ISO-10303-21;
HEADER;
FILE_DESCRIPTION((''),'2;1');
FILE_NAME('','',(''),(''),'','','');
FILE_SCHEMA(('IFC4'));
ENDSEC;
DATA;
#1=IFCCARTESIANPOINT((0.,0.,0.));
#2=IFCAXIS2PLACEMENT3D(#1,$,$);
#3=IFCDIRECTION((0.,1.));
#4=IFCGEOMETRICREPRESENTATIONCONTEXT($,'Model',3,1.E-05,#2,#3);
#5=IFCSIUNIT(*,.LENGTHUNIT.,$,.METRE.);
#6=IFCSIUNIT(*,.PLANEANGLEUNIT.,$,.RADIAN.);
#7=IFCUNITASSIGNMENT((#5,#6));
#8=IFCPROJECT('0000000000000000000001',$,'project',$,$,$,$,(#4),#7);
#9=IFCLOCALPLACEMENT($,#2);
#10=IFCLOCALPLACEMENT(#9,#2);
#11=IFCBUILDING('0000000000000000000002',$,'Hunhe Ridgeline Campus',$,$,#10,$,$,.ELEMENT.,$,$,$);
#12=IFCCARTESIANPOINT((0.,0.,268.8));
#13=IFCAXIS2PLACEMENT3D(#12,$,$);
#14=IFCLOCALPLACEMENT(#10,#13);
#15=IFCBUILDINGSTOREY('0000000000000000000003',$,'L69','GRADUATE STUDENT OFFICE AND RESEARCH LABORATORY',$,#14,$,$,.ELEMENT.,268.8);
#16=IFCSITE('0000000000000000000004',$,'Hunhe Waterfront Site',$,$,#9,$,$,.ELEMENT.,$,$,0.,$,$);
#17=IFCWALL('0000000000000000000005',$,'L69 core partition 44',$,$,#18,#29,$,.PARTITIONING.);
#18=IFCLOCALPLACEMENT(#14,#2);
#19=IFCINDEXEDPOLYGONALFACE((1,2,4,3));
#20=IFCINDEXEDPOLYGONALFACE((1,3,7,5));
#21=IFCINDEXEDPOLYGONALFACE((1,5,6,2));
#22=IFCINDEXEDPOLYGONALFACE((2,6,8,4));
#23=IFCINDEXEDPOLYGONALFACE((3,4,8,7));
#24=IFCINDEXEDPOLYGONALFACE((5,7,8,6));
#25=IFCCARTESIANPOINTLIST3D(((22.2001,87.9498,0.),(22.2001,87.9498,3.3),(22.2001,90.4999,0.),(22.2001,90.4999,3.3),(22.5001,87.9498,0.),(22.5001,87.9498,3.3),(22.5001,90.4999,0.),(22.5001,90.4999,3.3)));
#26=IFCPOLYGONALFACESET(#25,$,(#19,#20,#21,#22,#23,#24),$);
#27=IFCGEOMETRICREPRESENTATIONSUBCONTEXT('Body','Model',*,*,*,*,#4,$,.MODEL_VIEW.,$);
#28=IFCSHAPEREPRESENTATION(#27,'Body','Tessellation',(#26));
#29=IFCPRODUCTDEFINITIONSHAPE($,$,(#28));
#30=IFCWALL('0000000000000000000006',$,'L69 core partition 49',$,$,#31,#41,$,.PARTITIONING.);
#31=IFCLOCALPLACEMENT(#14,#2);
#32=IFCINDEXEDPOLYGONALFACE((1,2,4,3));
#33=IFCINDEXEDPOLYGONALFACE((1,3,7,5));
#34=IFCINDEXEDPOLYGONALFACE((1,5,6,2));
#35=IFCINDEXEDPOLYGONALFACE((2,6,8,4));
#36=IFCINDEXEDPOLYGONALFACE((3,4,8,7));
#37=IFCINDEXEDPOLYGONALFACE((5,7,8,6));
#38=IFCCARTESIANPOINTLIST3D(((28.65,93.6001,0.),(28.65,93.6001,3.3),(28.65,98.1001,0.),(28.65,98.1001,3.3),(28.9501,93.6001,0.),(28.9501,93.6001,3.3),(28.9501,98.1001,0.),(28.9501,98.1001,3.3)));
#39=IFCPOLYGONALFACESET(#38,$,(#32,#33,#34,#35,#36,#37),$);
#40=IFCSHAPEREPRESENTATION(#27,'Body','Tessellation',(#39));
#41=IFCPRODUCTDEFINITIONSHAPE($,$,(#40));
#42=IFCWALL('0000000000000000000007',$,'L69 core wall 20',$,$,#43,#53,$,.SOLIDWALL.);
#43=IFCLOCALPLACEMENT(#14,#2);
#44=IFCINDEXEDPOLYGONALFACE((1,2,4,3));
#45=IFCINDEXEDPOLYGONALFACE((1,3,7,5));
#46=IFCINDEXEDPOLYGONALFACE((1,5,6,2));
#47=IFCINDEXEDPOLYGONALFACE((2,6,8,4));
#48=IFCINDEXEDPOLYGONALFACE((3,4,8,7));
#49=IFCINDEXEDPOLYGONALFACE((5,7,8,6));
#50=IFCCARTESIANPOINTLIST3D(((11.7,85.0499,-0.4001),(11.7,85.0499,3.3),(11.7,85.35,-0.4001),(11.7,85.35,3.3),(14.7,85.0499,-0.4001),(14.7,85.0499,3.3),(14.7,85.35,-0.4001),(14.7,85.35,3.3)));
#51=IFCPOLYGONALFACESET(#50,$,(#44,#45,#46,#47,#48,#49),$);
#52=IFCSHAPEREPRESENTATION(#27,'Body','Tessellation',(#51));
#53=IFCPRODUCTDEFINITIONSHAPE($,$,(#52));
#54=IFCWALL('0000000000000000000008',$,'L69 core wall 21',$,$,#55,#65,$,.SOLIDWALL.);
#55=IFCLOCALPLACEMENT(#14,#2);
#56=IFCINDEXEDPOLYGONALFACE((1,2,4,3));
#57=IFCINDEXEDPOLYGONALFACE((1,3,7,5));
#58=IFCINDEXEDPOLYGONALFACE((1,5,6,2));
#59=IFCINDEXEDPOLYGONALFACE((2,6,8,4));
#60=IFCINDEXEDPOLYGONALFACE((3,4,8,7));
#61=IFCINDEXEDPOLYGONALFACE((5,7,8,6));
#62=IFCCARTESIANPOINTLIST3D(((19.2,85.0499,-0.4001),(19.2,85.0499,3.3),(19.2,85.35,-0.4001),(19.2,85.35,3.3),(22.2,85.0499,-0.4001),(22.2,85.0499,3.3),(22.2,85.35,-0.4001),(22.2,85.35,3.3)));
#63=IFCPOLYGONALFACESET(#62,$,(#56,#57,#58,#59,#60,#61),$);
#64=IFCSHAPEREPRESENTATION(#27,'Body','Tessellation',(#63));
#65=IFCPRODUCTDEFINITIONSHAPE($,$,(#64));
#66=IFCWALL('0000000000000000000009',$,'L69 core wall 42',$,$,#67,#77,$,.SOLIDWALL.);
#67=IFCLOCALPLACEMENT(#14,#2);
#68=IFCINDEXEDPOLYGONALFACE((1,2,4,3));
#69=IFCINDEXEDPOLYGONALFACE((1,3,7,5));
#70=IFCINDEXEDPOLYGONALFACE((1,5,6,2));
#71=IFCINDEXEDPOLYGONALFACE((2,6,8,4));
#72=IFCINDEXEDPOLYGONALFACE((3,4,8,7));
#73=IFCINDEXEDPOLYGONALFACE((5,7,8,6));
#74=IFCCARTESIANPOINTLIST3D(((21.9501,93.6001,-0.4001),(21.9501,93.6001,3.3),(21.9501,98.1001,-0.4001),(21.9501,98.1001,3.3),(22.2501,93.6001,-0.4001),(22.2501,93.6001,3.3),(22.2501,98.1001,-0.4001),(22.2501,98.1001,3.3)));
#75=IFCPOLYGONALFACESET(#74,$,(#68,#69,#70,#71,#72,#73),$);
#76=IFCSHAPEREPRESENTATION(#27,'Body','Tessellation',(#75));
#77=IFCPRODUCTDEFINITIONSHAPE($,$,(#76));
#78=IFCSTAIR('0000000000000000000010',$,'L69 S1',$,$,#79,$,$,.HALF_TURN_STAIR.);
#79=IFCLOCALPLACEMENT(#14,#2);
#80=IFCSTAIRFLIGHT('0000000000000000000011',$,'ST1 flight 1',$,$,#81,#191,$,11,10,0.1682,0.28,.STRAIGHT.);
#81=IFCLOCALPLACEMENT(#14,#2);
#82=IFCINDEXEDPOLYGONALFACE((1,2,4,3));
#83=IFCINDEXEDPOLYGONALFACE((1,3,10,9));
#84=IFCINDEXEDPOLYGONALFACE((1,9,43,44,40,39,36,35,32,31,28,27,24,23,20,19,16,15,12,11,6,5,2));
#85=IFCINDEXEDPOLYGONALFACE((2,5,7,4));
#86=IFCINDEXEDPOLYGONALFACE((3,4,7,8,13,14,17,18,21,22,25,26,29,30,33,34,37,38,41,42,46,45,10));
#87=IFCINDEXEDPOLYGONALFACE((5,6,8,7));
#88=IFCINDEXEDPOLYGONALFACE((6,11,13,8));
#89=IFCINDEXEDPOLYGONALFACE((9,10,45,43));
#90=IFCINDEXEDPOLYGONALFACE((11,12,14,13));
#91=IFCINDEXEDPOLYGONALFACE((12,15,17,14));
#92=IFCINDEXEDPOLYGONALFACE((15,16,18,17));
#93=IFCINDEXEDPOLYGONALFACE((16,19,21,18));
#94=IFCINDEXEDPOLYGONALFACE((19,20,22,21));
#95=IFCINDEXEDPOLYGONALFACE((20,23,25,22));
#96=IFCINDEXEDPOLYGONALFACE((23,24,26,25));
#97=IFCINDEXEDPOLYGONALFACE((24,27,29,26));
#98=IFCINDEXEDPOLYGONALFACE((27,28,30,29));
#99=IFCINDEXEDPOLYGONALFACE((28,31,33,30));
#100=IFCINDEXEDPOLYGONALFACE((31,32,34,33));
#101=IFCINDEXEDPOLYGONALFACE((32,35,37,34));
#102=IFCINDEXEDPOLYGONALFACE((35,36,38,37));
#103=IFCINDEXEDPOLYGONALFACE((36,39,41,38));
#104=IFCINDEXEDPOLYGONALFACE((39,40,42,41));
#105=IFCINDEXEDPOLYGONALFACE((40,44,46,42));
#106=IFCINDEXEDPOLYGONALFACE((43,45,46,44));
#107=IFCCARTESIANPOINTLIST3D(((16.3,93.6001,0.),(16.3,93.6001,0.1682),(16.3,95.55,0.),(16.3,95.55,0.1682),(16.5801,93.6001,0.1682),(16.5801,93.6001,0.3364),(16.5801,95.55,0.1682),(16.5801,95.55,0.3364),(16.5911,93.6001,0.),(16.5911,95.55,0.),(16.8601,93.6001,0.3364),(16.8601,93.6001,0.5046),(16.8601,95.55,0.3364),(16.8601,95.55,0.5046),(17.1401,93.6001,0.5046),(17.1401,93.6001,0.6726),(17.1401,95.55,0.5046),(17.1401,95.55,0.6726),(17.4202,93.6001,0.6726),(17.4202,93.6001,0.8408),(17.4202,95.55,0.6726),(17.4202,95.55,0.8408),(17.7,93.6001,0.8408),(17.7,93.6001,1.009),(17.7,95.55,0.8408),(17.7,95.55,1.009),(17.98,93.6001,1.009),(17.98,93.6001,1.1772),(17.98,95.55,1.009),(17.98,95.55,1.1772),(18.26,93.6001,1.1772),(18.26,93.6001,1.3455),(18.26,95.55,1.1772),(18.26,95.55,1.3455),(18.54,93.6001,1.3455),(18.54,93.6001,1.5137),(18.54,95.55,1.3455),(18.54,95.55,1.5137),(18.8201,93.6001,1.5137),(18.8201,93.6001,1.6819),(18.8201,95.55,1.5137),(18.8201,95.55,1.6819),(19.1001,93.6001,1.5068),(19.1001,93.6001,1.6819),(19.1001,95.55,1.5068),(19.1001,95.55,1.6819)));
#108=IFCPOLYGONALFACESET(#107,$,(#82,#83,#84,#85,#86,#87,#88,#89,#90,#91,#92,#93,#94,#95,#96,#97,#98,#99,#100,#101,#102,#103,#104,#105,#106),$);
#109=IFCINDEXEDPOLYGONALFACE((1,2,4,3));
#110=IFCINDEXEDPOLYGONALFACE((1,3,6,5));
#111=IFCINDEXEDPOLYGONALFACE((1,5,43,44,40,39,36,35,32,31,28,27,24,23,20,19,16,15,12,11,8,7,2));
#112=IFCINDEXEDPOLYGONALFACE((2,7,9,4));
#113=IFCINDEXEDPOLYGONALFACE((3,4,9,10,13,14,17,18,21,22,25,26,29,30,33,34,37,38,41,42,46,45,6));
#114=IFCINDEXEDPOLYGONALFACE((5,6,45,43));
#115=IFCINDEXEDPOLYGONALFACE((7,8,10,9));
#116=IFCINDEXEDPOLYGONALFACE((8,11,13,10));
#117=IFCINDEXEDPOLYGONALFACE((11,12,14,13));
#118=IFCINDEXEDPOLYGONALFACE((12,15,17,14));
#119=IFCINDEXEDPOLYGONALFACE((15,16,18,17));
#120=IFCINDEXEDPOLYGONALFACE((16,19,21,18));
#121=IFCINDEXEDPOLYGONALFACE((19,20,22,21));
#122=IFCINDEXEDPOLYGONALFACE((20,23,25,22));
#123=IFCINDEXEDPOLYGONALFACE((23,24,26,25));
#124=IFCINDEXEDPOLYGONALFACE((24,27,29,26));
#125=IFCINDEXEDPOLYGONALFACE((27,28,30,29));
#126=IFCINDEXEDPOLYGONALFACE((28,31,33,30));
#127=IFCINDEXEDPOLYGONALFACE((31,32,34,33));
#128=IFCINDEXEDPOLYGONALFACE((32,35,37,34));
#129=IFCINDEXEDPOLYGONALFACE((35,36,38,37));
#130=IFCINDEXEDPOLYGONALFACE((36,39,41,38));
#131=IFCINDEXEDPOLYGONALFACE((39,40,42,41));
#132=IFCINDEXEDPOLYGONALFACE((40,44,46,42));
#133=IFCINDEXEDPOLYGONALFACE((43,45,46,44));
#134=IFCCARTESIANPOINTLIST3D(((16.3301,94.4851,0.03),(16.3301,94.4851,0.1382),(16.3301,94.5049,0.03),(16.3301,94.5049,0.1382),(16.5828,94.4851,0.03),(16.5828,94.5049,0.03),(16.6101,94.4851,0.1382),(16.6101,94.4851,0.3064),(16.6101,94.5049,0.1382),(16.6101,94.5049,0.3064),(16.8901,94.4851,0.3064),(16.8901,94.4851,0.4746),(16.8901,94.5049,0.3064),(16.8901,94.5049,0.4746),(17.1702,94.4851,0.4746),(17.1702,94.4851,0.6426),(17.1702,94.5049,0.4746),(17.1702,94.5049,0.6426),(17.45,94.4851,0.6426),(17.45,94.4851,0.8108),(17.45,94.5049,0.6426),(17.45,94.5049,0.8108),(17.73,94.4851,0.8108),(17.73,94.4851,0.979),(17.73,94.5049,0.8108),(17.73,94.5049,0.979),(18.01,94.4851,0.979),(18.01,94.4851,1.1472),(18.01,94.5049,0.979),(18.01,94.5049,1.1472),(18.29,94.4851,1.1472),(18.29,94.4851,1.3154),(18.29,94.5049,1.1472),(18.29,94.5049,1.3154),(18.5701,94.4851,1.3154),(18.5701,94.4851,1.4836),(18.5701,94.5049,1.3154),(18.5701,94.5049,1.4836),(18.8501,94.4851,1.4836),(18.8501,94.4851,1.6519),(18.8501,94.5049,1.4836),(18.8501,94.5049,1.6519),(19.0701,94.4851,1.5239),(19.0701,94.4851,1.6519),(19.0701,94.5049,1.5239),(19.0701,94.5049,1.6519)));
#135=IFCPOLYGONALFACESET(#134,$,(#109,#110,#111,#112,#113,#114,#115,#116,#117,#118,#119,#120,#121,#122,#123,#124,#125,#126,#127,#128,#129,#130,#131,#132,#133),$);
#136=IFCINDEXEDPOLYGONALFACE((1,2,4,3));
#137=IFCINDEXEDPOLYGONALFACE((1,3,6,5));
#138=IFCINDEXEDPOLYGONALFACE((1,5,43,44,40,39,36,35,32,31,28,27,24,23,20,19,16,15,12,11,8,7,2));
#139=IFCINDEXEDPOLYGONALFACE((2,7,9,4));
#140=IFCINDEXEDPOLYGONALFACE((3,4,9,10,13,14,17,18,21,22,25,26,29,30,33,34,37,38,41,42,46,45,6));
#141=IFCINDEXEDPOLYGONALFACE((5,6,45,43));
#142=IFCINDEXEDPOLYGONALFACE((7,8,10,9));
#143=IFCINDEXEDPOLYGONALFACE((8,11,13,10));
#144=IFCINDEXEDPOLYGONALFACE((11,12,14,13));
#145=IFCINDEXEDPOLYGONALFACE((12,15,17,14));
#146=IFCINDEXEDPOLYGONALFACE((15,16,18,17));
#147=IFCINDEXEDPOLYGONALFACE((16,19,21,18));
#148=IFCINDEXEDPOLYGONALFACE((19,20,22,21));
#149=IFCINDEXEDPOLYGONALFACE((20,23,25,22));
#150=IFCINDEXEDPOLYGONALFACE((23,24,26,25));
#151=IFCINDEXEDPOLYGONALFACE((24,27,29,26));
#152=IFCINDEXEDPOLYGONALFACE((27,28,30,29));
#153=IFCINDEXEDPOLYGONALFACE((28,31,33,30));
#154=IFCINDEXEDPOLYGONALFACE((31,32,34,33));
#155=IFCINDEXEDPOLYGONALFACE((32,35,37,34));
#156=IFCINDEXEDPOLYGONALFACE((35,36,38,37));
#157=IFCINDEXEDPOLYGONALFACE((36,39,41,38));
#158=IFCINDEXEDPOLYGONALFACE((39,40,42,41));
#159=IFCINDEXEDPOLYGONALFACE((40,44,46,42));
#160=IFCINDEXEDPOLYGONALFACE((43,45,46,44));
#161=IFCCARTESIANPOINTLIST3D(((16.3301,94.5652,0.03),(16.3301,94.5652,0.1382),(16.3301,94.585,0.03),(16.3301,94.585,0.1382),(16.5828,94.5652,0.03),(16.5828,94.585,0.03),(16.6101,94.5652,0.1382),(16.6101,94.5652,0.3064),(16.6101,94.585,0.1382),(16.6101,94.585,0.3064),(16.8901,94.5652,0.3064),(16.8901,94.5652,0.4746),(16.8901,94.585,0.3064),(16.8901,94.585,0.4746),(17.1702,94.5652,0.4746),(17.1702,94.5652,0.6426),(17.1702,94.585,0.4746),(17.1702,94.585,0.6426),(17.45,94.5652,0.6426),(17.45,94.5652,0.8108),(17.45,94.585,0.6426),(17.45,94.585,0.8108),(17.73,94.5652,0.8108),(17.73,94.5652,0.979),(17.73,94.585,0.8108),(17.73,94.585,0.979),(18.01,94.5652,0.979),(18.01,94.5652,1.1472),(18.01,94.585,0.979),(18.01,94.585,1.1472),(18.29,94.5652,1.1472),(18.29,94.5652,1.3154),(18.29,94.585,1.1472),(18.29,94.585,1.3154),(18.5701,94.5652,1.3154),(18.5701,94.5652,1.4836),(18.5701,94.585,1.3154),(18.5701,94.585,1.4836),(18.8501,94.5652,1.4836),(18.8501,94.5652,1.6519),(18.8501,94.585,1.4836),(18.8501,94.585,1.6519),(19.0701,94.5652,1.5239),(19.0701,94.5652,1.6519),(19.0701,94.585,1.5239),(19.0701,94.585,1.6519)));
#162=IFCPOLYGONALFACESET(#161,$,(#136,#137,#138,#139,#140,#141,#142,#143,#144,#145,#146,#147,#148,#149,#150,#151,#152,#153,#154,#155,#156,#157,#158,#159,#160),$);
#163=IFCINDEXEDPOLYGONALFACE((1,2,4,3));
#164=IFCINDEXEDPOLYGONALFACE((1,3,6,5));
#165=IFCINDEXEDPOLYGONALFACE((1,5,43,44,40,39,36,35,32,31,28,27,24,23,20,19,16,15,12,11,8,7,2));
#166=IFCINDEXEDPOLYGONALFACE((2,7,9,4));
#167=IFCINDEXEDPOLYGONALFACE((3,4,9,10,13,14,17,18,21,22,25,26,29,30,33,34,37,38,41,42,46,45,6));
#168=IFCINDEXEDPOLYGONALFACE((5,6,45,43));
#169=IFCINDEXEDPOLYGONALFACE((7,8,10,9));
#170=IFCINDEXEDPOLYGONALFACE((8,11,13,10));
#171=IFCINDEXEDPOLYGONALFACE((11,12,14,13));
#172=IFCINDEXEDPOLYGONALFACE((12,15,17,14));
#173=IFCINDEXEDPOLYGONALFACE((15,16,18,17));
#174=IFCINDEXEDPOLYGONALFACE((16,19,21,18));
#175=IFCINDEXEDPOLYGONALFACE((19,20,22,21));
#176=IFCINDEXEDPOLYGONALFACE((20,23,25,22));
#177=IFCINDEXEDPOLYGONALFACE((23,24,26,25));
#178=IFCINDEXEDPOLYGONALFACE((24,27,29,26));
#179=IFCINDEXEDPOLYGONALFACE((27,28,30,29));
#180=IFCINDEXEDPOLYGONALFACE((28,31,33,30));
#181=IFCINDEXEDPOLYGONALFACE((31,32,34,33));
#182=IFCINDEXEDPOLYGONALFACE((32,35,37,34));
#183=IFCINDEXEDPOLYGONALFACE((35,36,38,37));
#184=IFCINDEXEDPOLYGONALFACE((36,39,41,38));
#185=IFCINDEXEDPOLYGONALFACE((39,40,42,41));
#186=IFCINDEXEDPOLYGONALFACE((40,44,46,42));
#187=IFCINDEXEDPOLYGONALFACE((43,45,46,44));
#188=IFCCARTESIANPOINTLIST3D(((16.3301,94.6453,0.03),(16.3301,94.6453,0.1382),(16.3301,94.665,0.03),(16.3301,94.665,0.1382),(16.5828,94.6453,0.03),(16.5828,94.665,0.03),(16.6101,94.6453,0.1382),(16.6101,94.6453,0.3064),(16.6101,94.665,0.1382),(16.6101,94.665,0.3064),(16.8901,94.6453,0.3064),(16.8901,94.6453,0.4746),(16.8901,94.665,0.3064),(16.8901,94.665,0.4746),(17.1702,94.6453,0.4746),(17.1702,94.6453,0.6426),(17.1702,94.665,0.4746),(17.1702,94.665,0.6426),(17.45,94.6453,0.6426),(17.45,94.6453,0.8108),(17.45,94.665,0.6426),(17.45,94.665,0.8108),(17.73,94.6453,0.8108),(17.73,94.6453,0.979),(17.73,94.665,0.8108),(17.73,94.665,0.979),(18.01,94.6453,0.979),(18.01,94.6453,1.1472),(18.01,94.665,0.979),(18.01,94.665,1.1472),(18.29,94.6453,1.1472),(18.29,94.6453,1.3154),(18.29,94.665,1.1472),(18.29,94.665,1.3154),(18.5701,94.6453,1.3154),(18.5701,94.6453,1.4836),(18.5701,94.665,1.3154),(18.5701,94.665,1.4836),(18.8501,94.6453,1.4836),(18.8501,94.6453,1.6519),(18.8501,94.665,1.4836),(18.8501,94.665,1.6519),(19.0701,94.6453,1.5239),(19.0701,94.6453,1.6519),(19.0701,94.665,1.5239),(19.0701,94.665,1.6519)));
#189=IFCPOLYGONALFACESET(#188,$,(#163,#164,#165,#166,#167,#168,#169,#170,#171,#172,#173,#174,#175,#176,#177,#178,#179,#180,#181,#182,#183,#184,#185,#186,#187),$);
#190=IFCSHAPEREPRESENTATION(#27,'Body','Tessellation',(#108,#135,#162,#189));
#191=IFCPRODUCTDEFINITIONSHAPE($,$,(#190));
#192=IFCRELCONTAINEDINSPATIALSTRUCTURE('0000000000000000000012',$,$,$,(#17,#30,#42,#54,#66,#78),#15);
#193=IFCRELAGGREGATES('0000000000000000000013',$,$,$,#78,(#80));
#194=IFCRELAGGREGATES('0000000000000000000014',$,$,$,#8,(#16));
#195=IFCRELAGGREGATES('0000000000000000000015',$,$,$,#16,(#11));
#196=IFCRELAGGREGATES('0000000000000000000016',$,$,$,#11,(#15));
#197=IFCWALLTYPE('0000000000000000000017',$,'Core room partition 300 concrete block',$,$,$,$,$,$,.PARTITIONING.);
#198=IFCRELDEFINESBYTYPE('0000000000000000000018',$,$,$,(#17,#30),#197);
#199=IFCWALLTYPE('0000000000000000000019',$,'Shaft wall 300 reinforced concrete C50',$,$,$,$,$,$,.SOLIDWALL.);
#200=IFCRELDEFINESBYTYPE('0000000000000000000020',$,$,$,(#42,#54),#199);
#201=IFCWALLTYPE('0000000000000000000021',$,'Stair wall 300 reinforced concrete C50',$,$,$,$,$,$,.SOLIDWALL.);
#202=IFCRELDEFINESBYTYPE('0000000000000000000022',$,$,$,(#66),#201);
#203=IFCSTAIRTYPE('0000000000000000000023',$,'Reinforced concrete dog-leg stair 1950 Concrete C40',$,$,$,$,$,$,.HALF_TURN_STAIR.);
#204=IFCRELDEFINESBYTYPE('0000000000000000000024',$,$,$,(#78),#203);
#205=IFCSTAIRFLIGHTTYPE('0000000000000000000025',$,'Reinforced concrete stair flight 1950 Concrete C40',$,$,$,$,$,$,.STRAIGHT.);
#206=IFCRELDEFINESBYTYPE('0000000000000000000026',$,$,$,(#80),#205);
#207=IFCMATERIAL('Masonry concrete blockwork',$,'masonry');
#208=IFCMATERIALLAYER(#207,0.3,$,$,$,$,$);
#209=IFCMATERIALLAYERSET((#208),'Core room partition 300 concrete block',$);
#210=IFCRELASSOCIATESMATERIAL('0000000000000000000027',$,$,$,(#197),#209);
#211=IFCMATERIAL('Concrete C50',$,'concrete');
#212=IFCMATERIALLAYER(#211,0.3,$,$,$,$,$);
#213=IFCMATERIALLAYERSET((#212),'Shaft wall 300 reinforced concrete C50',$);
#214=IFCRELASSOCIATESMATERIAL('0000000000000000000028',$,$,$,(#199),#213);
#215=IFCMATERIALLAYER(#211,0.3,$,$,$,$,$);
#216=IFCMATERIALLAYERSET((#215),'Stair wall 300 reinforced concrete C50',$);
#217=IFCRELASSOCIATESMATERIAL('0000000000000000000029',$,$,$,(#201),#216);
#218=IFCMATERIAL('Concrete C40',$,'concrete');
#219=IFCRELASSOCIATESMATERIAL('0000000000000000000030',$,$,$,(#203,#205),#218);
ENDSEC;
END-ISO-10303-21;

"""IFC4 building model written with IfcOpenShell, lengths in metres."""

from ifc_helpers import new_model, si_unit, direction, frame, frame_2d, origin, place, context, subcontext, project, spatial, polyline, rectangle, outline, extrude, material, layer, layer_set, type_object, element, aggregate, save


model = new_model("IFC4")

# Units and contexts
model_context = context("Model", 3, precision=1e-05, world=origin(), true_north=direction((0.0, 1.0)))
body_context = subcontext(model_context, "Body", "Model", "MODEL_VIEW")
ifc_project = project(units=[si_unit("LENGTHUNIT", "METRE"), si_unit("PLANEANGLEUNIT", "RADIAN")], contexts=[model_context])

# Site, building, storey
site_placement = place(None, origin())
site = spatial("IfcSite", under=ifc_project, at=site_placement, Name="Hunhe Waterfront Site", CompositionType="ELEMENT", RefElevation=0.0)
building_placement = place(site_placement, origin())
building = spatial("IfcBuilding", under=site, at=building_placement, Name="Hunhe Ridgeline Campus", CompositionType="ELEMENT")
storey_placement = place(building_placement, frame((0.0, 0.0, 268.8)))
storey = spatial("IfcBuildingStorey", under=building, at=storey_placement, Name="L69", Description="GRADUATE STUDENT OFFICE AND RESEARCH LABORATORY", CompositionType="ELEMENT", Elevation=268.8)

# Walls
ifc_material_1 = material(Name="Masonry concrete blockwork", Category="masonry")
ifc_layer_1 = layer(ifc_material_1, 0.3)
ifc_layer_set_1 = layer_set([ifc_layer_1], Name="Core room partition 300 concrete block")
wall_type_1 = type_object("IfcWallType", Name="Core room partition 300 concrete block", PredefinedType="PARTITIONING", material=ifc_layer_set_1)
wall_1_placement = place(storey_placement, frame((22.3501, 87.95, 0.0), z_axis=(0.0, 0.0, 1.0), x_axis=(0.0, 1.0, 0.0)))
element("IfcWall", 1, at=wall_1_placement, inside=storey, type_object=wall_type_1, Name="L69 core partition 44", PredefinedType="PARTITIONING", context=body_context, shape_type="SweptSolid", body=[
    extrude(rectangle(XDim=2.55, YDim=0.3, at=frame_2d((1.2749, 0.0))), origin(), (0.0, 0.0, 1.0), 3.3),
])
wall_2_placement = place(storey_placement, frame((28.8, 93.6001, 0.0), z_axis=(0.0, 0.0, 1.0), x_axis=(0.0, 1.0, 0.0)))
element("IfcWall", 2, at=wall_2_placement, inside=storey, type_object=wall_type_1, Name="L69 core partition 49", PredefinedType="PARTITIONING", context=body_context, shape_type="SweptSolid", body=[
    extrude(rectangle(XDim=4.5, YDim=0.3, at=frame_2d((2.25, 0.0))), origin(), (0.0, 0.0, 1.0), 3.3),
])
ifc_material_2 = material(Name="Concrete C50", Category="concrete")
ifc_layer_2 = layer(ifc_material_2, 0.3)
ifc_layer_set_2 = layer_set([ifc_layer_2], Name="Shaft wall 300 reinforced concrete C50")
wall_type_2 = type_object("IfcWallType", Name="Shaft wall 300 reinforced concrete C50", PredefinedType="SOLIDWALL", material=ifc_layer_set_2)
for number, where, z_axis, x_axis, name in (
    (3, (11.7, 85.2, -0.4001), (0.0, 0.0, 1.0), (1.0, 0.0, 0.0), "L69 core wall 20"),
    (4, (19.2, 85.2, -0.4001), (0.0, 0.0, 1.0), (1.0, 0.0, 0.0), "L69 core wall 21"),
):
    element("IfcWall", number, at=place(storey_placement, frame(where, z_axis=z_axis, x_axis=x_axis)), inside=storey, type_object=wall_type_2, Name=name, PredefinedType="SOLIDWALL", context=body_context, shape_type="SweptSolid", body=[
        extrude(rectangle(XDim=3.0, YDim=0.3, at=frame_2d((1.5, 0.0))), origin(), (0.0, 0.0, 1.0), 3.7002),
    ])

# Shared definitions
ifc_layer_3 = layer(ifc_material_2, 0.3)
ifc_layer_set_3 = layer_set([ifc_layer_3], Name="Stair wall 300 reinforced concrete C50")
wall_type_3 = type_object("IfcWallType", Name="Stair wall 300 reinforced concrete C50", PredefinedType="SOLIDWALL", material=ifc_layer_set_3)

# Wall
wall_3_placement = place(storey_placement, frame((22.1001, 93.6001, -0.4001), z_axis=(0.0, 0.0, 1.0), x_axis=(0.0, 1.0, 0.0)))
element("IfcWall", 5, at=wall_3_placement, inside=storey, type_object=wall_type_3, Name="L69 core wall 42", PredefinedType="SOLIDWALL", context=body_context, shape_type="SweptSolid", body=[
    extrude(rectangle(XDim=4.5, YDim=0.3, at=frame_2d((2.25, 0.0))), origin(), (0.0, 0.0, 1.0), 3.7002),
])

# Stair, stair flight
ifc_material_3 = material(Name="Concrete C40", Category="concrete")
stair_type = type_object("IfcStairType", Name="Reinforced concrete dog-leg stair 1950 Concrete C40", PredefinedType="HALF_TURN_STAIR", material=ifc_material_3)
stair_placement = place(storey_placement, origin())
stair = element("IfcStair", 6, at=stair_placement, inside=storey, type_object=stair_type, Name="L69 S1", PredefinedType="HALF_TURN_STAIR")
stair_flight_type = type_object("IfcStairFlightType", Name="Reinforced concrete stair flight 1950 Concrete C40", PredefinedType="STRAIGHT", material=ifc_material_3)
stair_flight_1_placement = place(storey_placement, frame((16.3, 94.575, 0.0), z_axis=(0.0, 0.0, 1.0), x_axis=(1.0, 0.0, 0.0)))
stair_flight_1 = element("IfcStairFlight", 7, at=stair_flight_1_placement, type_object=stair_flight_type, Name="ST1 flight 1", NumberOfRisers=11, NumberOfTreads=10, PredefinedType="STRAIGHT", RiserHeight=0.1682, TreadLength=0.28, context=body_context, shape_type="SweptSolid", body=[
    extrude(outline(polyline([(0.0, 0.0), (0.0, 0.1682), (0.28, 0.1682), (0.28, 0.3364), (0.5601, 0.3364), (0.5601, 0.5046), (0.8401, 0.5046), (0.8401, 0.6726), (1.1201, 0.6726), (1.1201, 0.8408), (1.3999, 0.8408), (1.3999, 1.009), (1.6799, 1.009), (1.6799, 1.1772), (1.96, 1.1772), (1.96, 1.3455), (2.24, 1.3455), (2.24, 1.5137), (2.52, 1.5137), (2.52, 1.6819), (2.8, 1.6819), (2.8, 1.8501), (2.8, 1.5068), (0.291, 0.0), (0.0, 0.0)])), frame((0.0, 0.9751, 0.0), z_axis=(0.0, -1.0, 0.0), x_axis=(1.0, 0.0, 0.0)), (0.0, 0.0, 1.0), 1.95),
    extrude(outline(polyline([(0.03, 0.03), (0.03, 0.1382), (0.3101, 0.1382), (0.3101, 0.3064), (0.5901, 0.3064), (0.5901, 0.4746), (0.8701, 0.4746), (0.8701, 0.6426), (1.1499, 0.6426), (1.1499, 0.8108), (1.4299, 0.8108), (1.4299, 0.979), (1.71, 0.979), (1.71, 1.1472), (1.99, 1.1472), (1.99, 1.3154), (2.27, 1.3154), (2.27, 1.4836), (2.55, 1.4836), (2.55, 1.6519), (2.77, 1.6519), (2.77, 1.5239), (0.2827, 0.03), (0.03, 0.03)])), frame((0.0, -0.0701, 0.0), z_axis=(0.0, -1.0, 0.0), x_axis=(1.0, 0.0, 0.0)), (0.0, 0.0, 1.0), 0.0198),
    extrude(outline(polyline([(0.03, 0.03), (0.03, 0.1382), (0.3101, 0.1382), (0.3101, 0.3064), (0.5901, 0.3064), (0.5901, 0.4746), (0.8701, 0.4746), (0.8701, 0.6426), (1.1499, 0.6426), (1.1499, 0.8108), (1.4299, 0.8108), (1.4299, 0.979), (1.71, 0.979), (1.71, 1.1472), (1.99, 1.1472), (1.99, 1.3154), (2.27, 1.3154), (2.27, 1.4836), (2.55, 1.4836), (2.55, 1.6519), (2.77, 1.6519), (2.77, 1.5239), (0.2827, 0.03), (0.03, 0.03)])), frame((0.0, 0.01, 0.0), z_axis=(0.0, -1.0, 0.0), x_axis=(1.0, 0.0, 0.0)), (0.0, 0.0, 1.0), 0.0198),
    extrude(outline(polyline([(0.03, 0.03), (0.03, 0.1382), (0.3101, 0.1382), (0.3101, 0.3064), (0.5901, 0.3064), (0.5901, 0.4746), (0.8701, 0.4746), (0.8701, 0.6426), (1.1499, 0.6426), (1.1499, 0.8108), (1.4299, 0.8108), (1.4299, 0.979), (1.71, 0.979), (1.71, 1.1472), (1.99, 1.1472), (1.99, 1.3154), (2.27, 1.3154), (2.27, 1.4836), (2.55, 1.4836), (2.55, 1.6519), (2.77, 1.6519), (2.77, 1.5239), (0.2827, 0.03), (0.03, 0.03)])), frame((0.0, 0.0901, 0.0), z_axis=(0.0, -1.0, 0.0), x_axis=(1.0, 0.0, 0.0)), (0.0, 0.0, 1.0), 0.0198),
])
aggregate(stair, [stair_flight_1])

save(model, "model.ifc")
